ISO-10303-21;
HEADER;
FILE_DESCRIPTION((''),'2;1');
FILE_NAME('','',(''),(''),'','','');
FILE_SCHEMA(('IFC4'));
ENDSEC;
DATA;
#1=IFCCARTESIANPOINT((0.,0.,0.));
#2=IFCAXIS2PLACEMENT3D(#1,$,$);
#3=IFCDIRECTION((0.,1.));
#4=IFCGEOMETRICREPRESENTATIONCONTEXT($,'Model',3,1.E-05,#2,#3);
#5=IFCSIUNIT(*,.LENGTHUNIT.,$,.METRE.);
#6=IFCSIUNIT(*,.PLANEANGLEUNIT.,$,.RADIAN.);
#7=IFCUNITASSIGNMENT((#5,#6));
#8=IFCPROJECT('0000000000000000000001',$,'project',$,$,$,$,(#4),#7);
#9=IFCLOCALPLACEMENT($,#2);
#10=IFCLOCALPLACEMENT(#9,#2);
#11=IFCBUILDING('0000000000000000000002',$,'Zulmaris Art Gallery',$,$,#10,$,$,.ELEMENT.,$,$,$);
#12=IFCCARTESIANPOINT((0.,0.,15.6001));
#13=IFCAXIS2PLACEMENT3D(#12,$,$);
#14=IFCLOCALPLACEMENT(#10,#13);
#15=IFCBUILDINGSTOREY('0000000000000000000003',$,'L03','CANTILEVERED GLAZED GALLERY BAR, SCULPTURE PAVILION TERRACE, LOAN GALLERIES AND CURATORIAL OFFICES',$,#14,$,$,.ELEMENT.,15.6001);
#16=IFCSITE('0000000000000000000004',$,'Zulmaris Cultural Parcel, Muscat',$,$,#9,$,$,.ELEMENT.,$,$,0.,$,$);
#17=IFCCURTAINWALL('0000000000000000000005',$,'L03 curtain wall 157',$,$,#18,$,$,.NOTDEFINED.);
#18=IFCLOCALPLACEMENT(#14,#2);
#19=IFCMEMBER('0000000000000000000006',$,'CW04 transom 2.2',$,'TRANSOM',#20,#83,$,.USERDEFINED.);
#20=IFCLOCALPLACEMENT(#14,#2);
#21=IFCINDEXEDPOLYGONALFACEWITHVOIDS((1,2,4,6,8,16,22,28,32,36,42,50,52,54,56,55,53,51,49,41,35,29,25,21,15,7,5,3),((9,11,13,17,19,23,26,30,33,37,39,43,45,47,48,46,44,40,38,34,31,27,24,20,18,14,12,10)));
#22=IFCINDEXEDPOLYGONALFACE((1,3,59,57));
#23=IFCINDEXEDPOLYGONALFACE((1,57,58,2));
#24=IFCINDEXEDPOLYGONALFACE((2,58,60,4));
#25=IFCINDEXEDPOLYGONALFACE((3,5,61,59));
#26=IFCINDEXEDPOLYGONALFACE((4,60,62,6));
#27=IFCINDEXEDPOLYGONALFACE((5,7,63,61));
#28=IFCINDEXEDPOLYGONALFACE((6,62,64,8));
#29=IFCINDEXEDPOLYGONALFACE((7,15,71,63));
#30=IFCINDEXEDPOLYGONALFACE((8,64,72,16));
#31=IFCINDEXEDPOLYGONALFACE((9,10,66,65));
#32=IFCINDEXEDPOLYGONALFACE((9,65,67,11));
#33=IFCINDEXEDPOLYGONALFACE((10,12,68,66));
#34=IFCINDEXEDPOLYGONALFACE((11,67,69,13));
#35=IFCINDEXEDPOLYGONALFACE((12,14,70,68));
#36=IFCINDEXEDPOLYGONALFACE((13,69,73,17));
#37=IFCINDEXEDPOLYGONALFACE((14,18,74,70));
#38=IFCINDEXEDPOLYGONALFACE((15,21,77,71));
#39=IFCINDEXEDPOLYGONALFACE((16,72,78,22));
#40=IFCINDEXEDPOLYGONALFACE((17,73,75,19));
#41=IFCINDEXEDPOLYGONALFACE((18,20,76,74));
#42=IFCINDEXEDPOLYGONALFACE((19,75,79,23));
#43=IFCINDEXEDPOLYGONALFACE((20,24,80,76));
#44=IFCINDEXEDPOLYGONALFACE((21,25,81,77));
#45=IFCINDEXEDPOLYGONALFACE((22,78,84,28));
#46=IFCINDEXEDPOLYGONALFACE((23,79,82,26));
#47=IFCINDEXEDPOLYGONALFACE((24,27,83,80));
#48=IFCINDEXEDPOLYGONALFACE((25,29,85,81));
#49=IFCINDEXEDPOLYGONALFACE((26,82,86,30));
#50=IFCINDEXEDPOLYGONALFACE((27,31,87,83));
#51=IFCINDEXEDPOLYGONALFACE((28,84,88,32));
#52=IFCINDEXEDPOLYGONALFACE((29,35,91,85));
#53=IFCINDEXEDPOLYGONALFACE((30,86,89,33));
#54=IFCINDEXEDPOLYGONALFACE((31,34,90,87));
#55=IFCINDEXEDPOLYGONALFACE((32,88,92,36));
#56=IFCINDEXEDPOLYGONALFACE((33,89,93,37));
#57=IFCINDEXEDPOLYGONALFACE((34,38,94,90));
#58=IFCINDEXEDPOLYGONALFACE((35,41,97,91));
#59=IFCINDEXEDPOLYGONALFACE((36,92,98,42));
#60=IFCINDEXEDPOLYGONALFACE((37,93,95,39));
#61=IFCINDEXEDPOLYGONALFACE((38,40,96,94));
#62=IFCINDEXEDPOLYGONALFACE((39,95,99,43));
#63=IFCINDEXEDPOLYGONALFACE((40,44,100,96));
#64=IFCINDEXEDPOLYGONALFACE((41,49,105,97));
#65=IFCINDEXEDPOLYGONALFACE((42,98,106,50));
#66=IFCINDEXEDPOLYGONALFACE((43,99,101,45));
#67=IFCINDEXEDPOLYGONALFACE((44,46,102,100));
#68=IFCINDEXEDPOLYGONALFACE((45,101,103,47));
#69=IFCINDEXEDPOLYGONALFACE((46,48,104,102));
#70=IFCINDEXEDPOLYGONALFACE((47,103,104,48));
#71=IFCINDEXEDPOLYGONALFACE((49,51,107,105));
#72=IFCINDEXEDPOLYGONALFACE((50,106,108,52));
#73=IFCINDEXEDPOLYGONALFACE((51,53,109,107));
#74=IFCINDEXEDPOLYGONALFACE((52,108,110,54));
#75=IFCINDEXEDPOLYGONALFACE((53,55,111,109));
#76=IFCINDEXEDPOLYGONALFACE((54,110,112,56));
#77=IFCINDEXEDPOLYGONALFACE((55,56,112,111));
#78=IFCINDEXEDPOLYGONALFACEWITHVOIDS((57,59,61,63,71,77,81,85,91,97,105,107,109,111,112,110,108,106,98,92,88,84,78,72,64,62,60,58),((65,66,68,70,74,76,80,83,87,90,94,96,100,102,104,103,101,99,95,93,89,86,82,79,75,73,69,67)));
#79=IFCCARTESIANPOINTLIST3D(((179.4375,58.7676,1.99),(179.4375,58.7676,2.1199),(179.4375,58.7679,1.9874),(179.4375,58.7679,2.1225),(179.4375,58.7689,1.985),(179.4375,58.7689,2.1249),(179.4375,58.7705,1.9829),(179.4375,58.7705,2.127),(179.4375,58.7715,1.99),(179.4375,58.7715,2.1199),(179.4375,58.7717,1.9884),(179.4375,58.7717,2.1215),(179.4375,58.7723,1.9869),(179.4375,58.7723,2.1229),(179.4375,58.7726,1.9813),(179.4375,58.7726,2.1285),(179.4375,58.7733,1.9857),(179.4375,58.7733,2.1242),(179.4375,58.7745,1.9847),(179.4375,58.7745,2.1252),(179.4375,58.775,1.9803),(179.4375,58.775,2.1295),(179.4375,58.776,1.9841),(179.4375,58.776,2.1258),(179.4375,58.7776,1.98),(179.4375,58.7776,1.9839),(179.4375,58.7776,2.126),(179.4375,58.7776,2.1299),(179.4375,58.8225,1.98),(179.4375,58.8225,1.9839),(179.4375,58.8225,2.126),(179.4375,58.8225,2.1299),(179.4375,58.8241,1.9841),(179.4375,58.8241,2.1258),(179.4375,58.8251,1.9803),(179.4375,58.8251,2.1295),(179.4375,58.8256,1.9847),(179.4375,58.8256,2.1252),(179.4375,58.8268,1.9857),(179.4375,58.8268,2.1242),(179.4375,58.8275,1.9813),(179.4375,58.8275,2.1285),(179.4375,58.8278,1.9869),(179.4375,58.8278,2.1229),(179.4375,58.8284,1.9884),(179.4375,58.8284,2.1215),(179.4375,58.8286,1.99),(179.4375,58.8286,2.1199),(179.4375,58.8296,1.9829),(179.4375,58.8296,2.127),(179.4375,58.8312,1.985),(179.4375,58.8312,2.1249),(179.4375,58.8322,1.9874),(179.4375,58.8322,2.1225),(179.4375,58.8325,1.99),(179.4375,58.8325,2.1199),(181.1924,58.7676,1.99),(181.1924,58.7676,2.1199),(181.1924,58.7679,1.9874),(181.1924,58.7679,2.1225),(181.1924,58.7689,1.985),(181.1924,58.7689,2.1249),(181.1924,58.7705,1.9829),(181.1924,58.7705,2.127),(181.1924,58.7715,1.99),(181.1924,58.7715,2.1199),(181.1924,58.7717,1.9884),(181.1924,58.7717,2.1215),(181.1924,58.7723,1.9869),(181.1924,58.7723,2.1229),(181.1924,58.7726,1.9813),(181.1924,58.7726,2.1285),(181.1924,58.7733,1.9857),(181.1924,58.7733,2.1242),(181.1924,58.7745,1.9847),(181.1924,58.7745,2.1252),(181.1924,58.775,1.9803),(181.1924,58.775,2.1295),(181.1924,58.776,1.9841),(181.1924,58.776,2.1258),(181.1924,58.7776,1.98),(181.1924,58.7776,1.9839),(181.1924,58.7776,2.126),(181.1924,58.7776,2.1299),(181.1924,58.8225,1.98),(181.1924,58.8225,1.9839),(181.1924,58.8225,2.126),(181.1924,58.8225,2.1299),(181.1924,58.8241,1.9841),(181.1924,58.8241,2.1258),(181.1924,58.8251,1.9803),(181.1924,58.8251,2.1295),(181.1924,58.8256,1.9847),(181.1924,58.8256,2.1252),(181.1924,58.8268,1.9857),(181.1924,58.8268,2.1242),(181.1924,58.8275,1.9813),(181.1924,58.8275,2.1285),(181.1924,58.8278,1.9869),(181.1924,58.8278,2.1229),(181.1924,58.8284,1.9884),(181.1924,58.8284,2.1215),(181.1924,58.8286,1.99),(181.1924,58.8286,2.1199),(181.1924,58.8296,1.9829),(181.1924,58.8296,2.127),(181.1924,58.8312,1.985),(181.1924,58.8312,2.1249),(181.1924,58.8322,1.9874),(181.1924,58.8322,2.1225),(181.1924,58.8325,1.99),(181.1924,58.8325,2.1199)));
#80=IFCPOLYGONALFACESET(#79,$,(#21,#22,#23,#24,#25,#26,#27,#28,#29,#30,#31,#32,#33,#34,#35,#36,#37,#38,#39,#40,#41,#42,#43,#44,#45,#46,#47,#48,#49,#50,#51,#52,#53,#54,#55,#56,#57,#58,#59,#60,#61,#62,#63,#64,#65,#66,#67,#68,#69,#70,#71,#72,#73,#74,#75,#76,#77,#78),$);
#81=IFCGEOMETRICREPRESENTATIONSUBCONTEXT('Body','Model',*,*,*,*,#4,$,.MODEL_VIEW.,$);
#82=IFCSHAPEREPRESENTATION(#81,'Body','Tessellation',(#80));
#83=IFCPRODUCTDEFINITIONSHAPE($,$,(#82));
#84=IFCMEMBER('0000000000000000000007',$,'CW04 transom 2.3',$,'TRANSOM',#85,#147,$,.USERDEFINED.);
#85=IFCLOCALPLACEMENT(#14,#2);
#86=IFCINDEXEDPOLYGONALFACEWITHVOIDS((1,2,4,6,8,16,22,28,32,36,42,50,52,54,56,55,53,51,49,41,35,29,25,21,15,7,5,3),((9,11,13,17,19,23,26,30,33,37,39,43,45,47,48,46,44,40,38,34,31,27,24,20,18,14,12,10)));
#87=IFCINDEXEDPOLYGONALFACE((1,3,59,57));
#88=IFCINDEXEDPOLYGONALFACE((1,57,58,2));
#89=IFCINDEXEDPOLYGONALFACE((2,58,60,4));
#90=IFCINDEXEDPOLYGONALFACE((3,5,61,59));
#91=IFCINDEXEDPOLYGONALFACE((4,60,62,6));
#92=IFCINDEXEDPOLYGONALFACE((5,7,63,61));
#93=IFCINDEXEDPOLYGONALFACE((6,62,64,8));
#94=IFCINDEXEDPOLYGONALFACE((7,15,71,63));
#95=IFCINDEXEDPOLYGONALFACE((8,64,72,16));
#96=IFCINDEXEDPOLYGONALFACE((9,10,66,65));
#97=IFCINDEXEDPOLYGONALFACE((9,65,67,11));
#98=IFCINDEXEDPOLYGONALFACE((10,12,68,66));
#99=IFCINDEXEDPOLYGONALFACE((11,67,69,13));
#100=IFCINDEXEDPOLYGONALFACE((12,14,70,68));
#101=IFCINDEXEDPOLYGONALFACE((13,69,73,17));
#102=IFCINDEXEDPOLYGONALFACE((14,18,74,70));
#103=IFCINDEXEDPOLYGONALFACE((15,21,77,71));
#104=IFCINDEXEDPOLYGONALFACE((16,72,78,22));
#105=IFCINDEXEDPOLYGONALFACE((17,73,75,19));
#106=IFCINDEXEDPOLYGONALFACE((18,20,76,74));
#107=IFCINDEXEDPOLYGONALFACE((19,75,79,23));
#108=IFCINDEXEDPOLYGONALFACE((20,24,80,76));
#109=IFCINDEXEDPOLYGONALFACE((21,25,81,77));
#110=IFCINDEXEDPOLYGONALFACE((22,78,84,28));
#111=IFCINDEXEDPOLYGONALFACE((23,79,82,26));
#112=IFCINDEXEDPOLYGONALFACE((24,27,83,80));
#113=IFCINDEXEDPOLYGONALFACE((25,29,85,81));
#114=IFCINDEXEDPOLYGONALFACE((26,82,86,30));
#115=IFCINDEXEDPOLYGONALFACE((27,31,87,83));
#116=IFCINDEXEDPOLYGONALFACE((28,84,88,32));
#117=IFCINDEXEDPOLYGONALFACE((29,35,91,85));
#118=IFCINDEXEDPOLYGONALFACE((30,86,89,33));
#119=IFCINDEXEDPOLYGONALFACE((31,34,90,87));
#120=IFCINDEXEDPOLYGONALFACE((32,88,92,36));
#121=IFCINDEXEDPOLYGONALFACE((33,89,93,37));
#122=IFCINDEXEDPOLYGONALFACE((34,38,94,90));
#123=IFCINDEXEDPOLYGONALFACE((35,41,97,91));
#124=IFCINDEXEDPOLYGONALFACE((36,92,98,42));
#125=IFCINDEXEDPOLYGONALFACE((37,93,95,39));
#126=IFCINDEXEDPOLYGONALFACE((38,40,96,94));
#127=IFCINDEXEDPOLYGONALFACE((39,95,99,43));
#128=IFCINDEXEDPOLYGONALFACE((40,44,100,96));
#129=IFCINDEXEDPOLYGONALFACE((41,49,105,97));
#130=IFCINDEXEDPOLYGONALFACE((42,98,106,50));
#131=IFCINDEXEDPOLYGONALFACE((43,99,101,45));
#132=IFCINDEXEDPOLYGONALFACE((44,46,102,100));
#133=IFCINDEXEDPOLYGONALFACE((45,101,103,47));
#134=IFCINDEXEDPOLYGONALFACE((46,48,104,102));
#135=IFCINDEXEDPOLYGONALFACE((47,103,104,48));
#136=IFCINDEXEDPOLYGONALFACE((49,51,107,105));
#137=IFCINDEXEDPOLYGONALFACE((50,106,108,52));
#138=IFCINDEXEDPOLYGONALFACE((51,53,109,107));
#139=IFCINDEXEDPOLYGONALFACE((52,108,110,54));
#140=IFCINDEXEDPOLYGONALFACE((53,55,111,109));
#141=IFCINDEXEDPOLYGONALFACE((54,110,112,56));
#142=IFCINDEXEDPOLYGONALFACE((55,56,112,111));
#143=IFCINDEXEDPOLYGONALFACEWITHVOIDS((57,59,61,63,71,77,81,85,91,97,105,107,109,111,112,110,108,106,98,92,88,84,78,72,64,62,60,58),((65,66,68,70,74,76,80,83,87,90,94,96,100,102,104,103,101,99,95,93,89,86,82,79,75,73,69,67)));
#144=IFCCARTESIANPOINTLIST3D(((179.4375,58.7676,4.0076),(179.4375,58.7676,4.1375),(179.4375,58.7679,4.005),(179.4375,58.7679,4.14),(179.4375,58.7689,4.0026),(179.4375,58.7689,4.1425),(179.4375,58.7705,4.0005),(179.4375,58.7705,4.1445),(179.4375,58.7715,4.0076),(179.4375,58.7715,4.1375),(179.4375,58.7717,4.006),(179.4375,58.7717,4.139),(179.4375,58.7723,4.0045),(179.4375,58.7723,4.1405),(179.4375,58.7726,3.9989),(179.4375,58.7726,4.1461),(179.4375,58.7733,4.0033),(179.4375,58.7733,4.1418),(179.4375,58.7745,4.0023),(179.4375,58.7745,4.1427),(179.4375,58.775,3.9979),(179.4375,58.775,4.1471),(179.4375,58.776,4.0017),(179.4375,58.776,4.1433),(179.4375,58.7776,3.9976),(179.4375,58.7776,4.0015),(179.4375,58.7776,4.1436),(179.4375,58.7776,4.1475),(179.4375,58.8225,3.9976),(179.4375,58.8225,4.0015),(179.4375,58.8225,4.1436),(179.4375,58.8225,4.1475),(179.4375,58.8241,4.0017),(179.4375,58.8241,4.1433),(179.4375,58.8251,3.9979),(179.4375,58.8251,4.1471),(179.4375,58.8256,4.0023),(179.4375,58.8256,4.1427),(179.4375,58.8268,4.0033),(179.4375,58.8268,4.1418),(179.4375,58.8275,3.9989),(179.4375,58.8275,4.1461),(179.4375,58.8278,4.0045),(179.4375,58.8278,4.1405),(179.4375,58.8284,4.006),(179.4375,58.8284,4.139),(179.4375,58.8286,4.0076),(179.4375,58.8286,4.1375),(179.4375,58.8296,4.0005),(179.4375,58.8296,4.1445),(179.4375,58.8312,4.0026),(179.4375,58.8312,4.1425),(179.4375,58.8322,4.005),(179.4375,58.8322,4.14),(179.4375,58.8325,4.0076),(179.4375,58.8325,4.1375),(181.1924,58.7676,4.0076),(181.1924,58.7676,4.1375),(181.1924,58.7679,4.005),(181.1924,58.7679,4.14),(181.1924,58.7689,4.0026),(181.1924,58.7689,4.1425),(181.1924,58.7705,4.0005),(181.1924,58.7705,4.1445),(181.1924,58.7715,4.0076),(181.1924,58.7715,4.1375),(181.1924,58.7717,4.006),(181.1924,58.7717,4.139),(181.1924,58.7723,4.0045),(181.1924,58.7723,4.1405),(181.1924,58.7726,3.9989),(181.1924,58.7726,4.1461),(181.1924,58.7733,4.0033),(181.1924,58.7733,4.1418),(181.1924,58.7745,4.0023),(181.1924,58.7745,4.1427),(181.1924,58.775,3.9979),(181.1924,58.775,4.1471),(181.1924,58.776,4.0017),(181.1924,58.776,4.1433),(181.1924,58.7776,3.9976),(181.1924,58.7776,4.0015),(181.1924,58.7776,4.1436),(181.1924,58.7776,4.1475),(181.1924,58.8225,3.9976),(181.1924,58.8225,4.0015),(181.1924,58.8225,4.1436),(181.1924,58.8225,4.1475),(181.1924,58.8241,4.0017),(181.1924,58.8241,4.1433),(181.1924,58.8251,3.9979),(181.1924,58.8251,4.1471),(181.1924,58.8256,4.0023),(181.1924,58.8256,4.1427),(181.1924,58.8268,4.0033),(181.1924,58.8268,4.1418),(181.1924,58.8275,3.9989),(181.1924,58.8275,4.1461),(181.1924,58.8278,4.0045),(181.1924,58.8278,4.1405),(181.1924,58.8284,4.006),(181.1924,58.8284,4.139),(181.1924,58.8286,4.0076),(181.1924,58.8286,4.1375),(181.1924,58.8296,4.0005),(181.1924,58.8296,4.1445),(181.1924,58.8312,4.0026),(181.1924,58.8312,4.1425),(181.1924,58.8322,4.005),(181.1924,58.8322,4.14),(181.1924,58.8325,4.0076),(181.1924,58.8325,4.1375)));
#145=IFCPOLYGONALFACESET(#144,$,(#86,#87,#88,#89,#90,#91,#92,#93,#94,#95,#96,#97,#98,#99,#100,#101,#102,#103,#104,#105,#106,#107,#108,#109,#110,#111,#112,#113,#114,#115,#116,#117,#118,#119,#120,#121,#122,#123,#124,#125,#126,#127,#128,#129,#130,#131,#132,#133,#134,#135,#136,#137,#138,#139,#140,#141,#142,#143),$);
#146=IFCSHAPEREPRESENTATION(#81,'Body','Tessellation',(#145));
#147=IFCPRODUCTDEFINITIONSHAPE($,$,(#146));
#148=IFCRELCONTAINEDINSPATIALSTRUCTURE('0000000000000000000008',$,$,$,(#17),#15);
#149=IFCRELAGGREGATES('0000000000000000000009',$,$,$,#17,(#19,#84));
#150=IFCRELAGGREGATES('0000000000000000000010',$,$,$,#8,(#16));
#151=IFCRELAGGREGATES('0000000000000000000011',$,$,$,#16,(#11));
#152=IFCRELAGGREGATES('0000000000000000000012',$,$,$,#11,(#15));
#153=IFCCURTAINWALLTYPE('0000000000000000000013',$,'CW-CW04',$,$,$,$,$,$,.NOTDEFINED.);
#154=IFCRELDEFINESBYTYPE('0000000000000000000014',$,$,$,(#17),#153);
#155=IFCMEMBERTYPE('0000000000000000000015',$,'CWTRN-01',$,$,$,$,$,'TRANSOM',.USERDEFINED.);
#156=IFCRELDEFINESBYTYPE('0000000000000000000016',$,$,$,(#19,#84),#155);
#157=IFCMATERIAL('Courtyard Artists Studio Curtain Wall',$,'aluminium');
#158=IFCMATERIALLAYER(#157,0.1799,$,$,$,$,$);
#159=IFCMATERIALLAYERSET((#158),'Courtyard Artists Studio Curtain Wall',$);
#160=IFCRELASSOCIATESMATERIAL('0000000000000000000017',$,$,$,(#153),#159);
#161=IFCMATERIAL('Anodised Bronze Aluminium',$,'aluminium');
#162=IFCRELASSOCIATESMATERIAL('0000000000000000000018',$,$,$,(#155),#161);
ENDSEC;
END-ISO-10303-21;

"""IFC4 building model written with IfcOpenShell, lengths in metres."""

from ifc_helpers import new_model, si_unit, direction, frame, origin, origin_2d, place, context, subcontext, project, spatial, hollow_rectangle, extrude, material, layer, layer_set, material_profile, profile_set, type_object, element, aggregate, save


model = new_model("IFC4")

# Units and contexts
model_context = context("Model", 3, precision=1e-05, world=origin(), true_north=direction((0.0, 1.0)))
body_context = subcontext(model_context, "Body", "Model", "MODEL_VIEW")
ifc_project = project(units=[si_unit("LENGTHUNIT", "METRE"), si_unit("PLANEANGLEUNIT", "RADIAN")], contexts=[model_context])

# Site, building, storey
site_placement = place(None, origin())
site = spatial("IfcSite", under=ifc_project, at=site_placement, Name="Zulmaris Cultural Parcel, Muscat", CompositionType="ELEMENT", RefElevation=0.0)
building_placement = place(site_placement, origin())
building = spatial("IfcBuilding", under=site, at=building_placement, Name="Zulmaris Art Gallery", CompositionType="ELEMENT")
storey_placement = place(building_placement, frame((0.0, 0.0, 15.6001)))
storey = spatial("IfcBuildingStorey", under=building, at=storey_placement, Name="L03", Description="CANTILEVERED GLAZED GALLERY BAR, SCULPTURE PAVILION TERRACE, LOAN GALLERIES AND CURATORIAL OFFICES", CompositionType="ELEMENT", Elevation=15.6001)

# Curtain wall, members
ifc_material_1 = material(Name="Courtyard Artists Studio Curtain Wall", Category="aluminium")
ifc_layer_1 = layer(ifc_material_1, 0.1799)
ifc_layer_set_1 = layer_set([ifc_layer_1], Name="Courtyard Artists Studio Curtain Wall")
curtain_wall_type = type_object("IfcCurtainWallType", Name="CW-CW04", PredefinedType="NOTDEFINED", material=ifc_layer_set_1)
curtain_wall_placement = place(storey_placement, origin())
curtain_wall = element("IfcCurtainWall", 1, at=curtain_wall_placement, inside=storey, type_object=curtain_wall_type, Name="L03 curtain wall 157", PredefinedType="NOTDEFINED")
ifc_material_2 = material(Name="Anodised Bronze Aluminium", Category="aluminium")
ifc_material_profile_1 = material_profile(ifc_material_2, hollow_rectangle(XDim=0.0649, YDim=0.1499, WallThickness=0.0039, InnerFilletRadius=0.0061, OuterFilletRadius=0.01, at=origin_2d()), Name="ALU 65x150x4")
ifc_profile_set_1 = profile_set([ifc_material_profile_1], Name="Anodised Bronze Aluminium")
member_type_1 = type_object("IfcMemberType", Name="CWTRN-01", ElementType="TRANSOM", PredefinedType="USERDEFINED", material=ifc_profile_set_1)
member_1_placement = place(storey_placement, frame((181.1924, 58.8, 2.0549), z_axis=(-1.0, 0.0, 0.0), x_axis=(0.0, -1.0, 0.0)))
member_1 = element("IfcMember", 2, at=member_1_placement, type_object=member_type_1, Name="CW04 transom 2.2", ObjectType="TRANSOM", PredefinedType="USERDEFINED", context=body_context, shape_type="SweptSolid", body=[
    extrude(hollow_rectangle(XDim=0.0649, YDim=0.1499, WallThickness=0.0039, InnerFilletRadius=0.0061, OuterFilletRadius=0.01, at=origin_2d()), origin(), (0.0, 0.0, 1.0), 1.7549),
])
member_2_placement = place(storey_placement, frame((181.1924, 58.8, 4.0725), z_axis=(-1.0, 0.0, 0.0), x_axis=(0.0, -1.0, 0.0)))
member_2 = element("IfcMember", 3, at=member_2_placement, type_object=member_type_1, Name="CW04 transom 2.3", ObjectType="TRANSOM", PredefinedType="USERDEFINED", context=body_context, shape_type="SweptSolid", body=[
    extrude(hollow_rectangle(XDim=0.0649, YDim=0.1499, WallThickness=0.0039, InnerFilletRadius=0.0061, OuterFilletRadius=0.01, at=origin_2d()), origin(), (0.0, 0.0, 1.0), 1.7549),
])
aggregate(curtain_wall, [member_1, member_2])

save(model, "model.ifc")
